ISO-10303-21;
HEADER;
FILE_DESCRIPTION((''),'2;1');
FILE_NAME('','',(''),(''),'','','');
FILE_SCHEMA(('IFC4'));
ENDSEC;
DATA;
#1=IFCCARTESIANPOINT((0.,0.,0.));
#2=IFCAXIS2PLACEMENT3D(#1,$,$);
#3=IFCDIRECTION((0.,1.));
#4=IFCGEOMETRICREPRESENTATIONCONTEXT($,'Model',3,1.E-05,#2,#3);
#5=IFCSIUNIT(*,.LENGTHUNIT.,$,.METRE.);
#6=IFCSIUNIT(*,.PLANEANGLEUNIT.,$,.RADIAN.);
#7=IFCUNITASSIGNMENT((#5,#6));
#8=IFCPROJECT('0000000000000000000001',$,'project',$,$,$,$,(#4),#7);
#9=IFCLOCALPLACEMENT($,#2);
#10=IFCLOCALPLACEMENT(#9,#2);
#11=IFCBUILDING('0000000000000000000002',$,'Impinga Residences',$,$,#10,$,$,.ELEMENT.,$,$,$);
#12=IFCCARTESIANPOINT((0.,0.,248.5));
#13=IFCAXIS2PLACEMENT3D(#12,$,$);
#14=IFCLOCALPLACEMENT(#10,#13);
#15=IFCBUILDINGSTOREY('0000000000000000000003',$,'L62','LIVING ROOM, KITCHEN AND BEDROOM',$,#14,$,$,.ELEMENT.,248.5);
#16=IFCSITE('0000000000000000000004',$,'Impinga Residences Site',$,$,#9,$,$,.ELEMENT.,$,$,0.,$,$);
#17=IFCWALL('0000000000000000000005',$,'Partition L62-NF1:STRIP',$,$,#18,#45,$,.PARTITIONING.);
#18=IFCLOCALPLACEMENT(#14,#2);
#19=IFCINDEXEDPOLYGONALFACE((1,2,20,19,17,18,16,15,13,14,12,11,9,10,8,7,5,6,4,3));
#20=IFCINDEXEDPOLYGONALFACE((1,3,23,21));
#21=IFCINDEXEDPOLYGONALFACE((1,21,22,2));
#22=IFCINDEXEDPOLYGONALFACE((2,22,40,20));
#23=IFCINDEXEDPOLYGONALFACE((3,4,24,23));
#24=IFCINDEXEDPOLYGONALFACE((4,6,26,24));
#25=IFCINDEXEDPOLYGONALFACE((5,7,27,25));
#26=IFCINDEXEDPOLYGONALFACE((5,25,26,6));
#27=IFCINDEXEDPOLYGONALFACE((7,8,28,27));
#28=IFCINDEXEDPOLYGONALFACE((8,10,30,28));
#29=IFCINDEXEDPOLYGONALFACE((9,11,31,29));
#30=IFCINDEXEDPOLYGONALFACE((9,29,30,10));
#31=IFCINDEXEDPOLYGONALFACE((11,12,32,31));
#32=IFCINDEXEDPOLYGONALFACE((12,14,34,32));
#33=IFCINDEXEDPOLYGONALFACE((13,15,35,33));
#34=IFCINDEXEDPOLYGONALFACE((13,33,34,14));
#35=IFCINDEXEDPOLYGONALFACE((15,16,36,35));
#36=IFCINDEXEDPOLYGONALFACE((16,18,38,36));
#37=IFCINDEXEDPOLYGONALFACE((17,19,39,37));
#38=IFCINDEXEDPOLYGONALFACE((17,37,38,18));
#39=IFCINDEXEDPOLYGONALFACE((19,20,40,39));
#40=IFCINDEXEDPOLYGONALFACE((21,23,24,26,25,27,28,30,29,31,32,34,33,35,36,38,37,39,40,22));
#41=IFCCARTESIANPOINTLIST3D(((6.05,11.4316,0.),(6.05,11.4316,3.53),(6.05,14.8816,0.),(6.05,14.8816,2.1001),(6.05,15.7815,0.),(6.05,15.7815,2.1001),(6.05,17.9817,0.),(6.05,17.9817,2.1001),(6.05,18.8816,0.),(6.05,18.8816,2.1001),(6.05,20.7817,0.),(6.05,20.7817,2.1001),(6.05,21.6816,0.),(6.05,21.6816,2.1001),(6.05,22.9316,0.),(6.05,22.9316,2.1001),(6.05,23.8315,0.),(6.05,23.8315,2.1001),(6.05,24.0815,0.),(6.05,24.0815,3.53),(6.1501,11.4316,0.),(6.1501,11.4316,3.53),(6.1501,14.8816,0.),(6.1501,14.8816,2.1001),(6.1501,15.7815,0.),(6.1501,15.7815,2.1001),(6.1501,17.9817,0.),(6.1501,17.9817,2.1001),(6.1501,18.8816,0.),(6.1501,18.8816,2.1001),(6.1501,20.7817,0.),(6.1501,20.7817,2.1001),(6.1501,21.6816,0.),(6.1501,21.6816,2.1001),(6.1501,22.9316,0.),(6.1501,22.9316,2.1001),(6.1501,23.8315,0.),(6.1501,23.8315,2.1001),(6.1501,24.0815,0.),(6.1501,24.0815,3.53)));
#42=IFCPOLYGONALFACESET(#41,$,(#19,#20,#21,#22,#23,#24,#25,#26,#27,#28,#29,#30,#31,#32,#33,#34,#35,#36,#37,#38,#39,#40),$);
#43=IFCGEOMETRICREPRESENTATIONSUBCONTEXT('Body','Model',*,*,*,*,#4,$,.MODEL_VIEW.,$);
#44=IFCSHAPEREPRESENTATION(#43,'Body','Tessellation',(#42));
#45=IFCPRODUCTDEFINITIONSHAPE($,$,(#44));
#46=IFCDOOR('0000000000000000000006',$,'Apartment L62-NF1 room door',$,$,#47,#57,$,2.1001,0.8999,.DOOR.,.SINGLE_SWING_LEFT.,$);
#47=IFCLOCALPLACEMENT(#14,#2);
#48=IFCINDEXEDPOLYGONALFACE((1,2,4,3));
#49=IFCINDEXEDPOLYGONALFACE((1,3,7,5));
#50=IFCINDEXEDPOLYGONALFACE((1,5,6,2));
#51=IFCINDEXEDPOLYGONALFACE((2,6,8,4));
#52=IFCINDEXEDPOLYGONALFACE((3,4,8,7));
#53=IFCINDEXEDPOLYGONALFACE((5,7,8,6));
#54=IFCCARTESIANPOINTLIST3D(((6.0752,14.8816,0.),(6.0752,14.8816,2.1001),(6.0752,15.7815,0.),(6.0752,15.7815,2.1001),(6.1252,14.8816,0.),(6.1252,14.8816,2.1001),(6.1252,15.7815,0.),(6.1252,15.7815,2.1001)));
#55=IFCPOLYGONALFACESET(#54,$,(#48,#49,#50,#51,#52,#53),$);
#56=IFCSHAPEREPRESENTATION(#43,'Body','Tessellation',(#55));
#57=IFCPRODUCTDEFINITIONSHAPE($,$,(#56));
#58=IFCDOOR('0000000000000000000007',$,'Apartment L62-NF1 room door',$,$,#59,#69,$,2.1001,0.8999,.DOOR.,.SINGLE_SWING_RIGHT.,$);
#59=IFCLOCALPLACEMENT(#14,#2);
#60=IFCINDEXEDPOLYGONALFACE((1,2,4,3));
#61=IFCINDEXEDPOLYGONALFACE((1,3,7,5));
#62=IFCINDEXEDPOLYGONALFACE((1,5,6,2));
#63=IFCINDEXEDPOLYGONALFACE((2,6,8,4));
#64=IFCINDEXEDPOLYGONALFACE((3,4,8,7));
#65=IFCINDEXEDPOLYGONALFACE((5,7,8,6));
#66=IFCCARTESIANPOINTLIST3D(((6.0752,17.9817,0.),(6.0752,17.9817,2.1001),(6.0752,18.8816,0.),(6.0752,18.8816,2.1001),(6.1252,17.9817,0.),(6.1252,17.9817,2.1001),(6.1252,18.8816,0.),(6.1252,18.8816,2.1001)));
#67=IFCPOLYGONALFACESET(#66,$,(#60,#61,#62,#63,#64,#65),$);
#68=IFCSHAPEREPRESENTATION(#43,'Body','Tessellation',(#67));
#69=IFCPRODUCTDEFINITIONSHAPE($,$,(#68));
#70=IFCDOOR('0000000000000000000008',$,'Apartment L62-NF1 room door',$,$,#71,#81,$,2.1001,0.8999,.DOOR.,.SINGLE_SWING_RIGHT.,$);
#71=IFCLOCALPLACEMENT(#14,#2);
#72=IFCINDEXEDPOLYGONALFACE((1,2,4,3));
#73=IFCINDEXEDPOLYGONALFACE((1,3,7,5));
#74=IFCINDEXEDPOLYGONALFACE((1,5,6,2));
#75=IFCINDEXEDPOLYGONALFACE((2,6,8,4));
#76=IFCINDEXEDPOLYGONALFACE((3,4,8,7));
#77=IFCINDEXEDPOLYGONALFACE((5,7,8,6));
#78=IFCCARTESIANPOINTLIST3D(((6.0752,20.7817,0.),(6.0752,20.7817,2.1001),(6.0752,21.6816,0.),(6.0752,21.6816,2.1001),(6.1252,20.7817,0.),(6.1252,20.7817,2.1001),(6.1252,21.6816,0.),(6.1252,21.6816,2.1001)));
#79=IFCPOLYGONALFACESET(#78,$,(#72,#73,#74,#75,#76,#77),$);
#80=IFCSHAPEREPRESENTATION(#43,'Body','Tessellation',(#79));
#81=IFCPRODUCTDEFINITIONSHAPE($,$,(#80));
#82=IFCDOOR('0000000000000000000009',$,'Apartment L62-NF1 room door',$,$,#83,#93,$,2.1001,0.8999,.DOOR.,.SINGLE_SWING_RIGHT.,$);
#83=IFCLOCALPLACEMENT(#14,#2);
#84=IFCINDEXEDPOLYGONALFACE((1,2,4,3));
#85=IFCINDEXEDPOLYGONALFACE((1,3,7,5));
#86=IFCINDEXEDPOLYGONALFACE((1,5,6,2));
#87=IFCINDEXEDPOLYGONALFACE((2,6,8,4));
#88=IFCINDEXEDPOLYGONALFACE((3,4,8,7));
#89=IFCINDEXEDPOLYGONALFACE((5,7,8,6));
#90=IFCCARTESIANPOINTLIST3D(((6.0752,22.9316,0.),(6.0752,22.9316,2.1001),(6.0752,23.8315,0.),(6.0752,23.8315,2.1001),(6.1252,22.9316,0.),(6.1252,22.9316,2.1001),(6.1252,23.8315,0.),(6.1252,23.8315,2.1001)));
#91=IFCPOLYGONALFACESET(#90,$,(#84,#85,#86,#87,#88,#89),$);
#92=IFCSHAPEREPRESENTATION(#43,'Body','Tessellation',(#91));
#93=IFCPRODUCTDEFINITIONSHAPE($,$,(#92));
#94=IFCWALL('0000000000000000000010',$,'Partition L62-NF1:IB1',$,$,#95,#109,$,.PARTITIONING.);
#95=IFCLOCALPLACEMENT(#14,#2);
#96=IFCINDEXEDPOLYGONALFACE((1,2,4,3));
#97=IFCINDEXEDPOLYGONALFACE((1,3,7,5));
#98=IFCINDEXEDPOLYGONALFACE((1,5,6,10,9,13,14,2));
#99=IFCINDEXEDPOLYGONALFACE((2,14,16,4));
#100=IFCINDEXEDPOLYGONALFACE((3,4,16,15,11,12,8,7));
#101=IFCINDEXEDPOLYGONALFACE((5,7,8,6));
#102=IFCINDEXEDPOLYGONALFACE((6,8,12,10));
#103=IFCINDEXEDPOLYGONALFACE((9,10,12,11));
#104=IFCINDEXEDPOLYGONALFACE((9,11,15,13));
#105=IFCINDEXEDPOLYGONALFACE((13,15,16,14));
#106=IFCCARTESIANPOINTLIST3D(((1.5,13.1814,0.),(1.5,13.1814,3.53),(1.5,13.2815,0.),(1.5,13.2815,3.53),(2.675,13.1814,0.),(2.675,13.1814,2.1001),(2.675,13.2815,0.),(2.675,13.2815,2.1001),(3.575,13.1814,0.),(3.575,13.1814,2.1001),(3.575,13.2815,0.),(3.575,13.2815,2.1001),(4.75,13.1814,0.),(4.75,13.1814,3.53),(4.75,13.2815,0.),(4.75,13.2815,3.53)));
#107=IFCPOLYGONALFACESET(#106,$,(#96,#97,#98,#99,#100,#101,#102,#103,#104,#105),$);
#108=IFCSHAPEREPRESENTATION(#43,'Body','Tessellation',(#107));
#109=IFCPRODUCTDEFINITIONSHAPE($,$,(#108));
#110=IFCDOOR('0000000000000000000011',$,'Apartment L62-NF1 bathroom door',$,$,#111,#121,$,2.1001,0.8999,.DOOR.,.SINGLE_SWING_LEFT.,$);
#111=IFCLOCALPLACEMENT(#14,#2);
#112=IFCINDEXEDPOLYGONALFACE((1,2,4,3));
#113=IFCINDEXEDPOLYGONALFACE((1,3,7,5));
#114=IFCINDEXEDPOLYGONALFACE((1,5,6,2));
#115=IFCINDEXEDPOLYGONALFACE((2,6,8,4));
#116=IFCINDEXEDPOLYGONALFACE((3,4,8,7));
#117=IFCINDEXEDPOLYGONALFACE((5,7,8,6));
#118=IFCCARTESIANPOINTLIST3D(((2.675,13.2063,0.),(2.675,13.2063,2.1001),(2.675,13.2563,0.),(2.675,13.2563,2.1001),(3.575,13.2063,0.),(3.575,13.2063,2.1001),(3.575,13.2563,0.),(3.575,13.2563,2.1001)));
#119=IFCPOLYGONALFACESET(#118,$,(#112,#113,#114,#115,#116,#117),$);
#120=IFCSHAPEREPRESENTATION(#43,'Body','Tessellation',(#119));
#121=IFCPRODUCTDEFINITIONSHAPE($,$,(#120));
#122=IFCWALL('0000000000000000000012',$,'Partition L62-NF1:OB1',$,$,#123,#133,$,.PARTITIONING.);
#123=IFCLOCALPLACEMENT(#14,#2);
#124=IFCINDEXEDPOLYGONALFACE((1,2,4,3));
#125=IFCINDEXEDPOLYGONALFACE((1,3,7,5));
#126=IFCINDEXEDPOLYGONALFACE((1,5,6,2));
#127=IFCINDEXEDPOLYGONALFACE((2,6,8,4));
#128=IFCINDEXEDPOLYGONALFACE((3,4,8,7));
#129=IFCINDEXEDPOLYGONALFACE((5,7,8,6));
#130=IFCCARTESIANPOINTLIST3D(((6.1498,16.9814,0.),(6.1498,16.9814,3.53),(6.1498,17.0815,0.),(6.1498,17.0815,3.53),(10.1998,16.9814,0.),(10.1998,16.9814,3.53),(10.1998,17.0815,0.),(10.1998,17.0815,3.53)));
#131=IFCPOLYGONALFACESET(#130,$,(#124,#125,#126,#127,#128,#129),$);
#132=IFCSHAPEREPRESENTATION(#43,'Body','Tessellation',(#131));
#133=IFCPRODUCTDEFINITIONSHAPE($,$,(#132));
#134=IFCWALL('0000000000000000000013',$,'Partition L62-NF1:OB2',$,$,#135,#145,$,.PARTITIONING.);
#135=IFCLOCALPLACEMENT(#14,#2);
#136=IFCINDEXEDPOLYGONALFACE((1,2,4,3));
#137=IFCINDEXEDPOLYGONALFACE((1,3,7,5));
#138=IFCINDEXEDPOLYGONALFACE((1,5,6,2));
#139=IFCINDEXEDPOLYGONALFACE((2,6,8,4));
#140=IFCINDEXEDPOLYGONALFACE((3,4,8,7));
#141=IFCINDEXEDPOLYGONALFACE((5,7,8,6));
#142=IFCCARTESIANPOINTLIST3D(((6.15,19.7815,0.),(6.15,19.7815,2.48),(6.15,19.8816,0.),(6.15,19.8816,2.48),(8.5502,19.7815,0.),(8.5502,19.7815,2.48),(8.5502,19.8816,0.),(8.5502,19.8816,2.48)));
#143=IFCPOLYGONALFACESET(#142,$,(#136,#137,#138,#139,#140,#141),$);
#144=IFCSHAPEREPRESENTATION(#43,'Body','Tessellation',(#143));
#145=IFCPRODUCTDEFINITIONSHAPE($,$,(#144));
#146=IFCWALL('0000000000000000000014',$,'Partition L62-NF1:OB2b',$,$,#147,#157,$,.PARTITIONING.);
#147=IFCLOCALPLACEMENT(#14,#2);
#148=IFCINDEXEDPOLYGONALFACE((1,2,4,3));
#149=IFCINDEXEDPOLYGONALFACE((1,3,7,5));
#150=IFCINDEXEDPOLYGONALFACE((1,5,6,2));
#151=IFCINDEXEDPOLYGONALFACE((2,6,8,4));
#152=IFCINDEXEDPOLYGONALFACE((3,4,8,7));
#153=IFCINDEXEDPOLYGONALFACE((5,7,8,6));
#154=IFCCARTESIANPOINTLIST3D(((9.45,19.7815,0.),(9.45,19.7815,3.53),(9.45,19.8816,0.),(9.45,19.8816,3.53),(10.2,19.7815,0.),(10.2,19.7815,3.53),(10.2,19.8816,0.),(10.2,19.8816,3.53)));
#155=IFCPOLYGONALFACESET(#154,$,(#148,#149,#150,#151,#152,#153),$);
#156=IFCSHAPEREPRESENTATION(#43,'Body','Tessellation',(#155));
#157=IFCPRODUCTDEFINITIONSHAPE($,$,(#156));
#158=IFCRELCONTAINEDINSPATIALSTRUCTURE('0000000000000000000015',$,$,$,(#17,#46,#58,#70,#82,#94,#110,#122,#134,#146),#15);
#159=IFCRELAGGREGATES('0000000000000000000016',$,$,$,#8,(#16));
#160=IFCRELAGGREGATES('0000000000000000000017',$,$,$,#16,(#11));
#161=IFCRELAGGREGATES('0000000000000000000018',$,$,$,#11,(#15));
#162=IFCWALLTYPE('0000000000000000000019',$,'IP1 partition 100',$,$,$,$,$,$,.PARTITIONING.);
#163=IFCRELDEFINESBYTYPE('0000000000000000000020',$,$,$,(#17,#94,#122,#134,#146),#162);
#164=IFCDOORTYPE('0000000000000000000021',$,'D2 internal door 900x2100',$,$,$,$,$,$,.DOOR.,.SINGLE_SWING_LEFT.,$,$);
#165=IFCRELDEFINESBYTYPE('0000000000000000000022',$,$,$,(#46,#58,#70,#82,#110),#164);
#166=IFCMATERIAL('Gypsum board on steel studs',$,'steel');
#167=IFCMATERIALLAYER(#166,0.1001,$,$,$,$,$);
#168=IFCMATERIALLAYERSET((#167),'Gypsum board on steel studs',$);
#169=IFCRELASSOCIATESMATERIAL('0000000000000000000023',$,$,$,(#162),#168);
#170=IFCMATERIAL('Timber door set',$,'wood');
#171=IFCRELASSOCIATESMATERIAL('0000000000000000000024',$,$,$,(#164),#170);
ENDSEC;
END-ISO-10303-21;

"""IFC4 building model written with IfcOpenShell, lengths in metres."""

from ifc_helpers import new_model, si_unit, direction, frame, frame_2d, origin, place, context, subcontext, project, spatial, rectangle, extrude, material, layer, layer_set, type_object, element, fill, save


model = new_model("IFC4")

# Units and contexts
model_context = context("Model", 3, precision=1e-05, world=origin(), true_north=direction((0.0, 1.0)))
body_context = subcontext(model_context, "Body", "Model", "MODEL_VIEW")
ifc_project = project(units=[si_unit("LENGTHUNIT", "METRE"), si_unit("PLANEANGLEUNIT", "RADIAN")], contexts=[model_context])

# Site, building, storey
site_placement = place(None, origin())
site = spatial("IfcSite", under=ifc_project, at=site_placement, Name="Impinga Residences Site", CompositionType="ELEMENT", RefElevation=0.0)
building_placement = place(site_placement, origin())
building = spatial("IfcBuilding", under=site, at=building_placement, Name="Impinga Residences", CompositionType="ELEMENT")
storey_placement = place(building_placement, frame((0.0, 0.0, 248.5)))
storey = spatial("IfcBuildingStorey", under=building, at=storey_placement, Name="L62", Description="LIVING ROOM, KITCHEN AND BEDROOM", CompositionType="ELEMENT", Elevation=248.5)

# Shared definitions
ifc_material_1 = material(Name="Gypsum board on steel studs", Category="steel")
ifc_layer_1 = layer(ifc_material_1, 0.1001)
ifc_layer_set_1 = layer_set([ifc_layer_1], Name="Gypsum board on steel studs")
wall_type_1 = type_object("IfcWallType", Name="IP1 partition 100", PredefinedType="PARTITIONING", material=ifc_layer_set_1)

# Wall, openings, doors
wall_1_placement = place(storey_placement, frame((6.1001, 11.4316, 0.0), z_axis=(0.0, 0.0, 1.0), x_axis=(0.0, 1.0, 0.0)))
wall_1 = element("IfcWall", 1, at=wall_1_placement, inside=storey, type_object=wall_type_1, Name="Partition L62-NF1:STRIP", PredefinedType="PARTITIONING", context=body_context, shape_type="SweptSolid", body=[
    extrude(rectangle(XDim=12.6499, YDim=0.1001, at=frame_2d((6.325, 0.0))), origin(), (0.0, 0.0, 1.0), 3.53),
])
opening_1_placement = place(wall_1_placement, frame((3.45, 0.0, 0.0)))
opening_1 = element("IfcOpeningElement", 2, at=opening_1_placement, cuts=wall_1, PredefinedType="OPENING", context=body_context, shape_type="SweptSolid", body=[
    extrude(rectangle(XDim=0.8999, YDim=2.1001, at=frame_2d((0.45, 1.05))), frame((0.0, 0.0601, 0.0), z_axis=(0.0, -1.0, 0.0), x_axis=(1.0, 0.0, 0.0)), (0.0, 0.0, 1.0), 0.1201),
])
opening_2_placement = place(wall_1_placement, frame((6.55, 0.0, 0.0)))
opening_2 = element("IfcOpeningElement", 3, at=opening_2_placement, cuts=wall_1, PredefinedType="OPENING", context=body_context, shape_type="SweptSolid", body=[
    extrude(rectangle(XDim=0.8999, YDim=2.1001, at=frame_2d((0.45, 1.05))), frame((0.0, 0.0601, 0.0), z_axis=(0.0, -1.0, 0.0), x_axis=(1.0, 0.0, 0.0)), (0.0, 0.0, 1.0), 0.1201),
])
opening_3_placement = place(wall_1_placement, frame((9.3501, 0.0, 0.0)))
opening_3 = element("IfcOpeningElement", 4, at=opening_3_placement, cuts=wall_1, PredefinedType="OPENING", context=body_context, shape_type="SweptSolid", body=[
    extrude(rectangle(XDim=0.8999, YDim=2.1001, at=frame_2d((0.45, 1.05))), frame((0.0, 0.0601, 0.0), z_axis=(0.0, -1.0, 0.0), x_axis=(1.0, 0.0, 0.0)), (0.0, 0.0, 1.0), 0.1201),
])
opening_4_placement = place(wall_1_placement, frame((11.5, 0.0, 0.0)))
opening_4 = element("IfcOpeningElement", 5, at=opening_4_placement, cuts=wall_1, PredefinedType="OPENING", context=body_context, shape_type="SweptSolid", body=[
    extrude(rectangle(XDim=0.8999, YDim=2.1001, at=frame_2d((0.45, 1.05))), frame((0.0, 0.0601, 0.0), z_axis=(0.0, -1.0, 0.0), x_axis=(1.0, 0.0, 0.0)), (0.0, 0.0, 1.0), 0.1201),
])
ifc_material_2 = material(Name="Timber door set", Category="wood")
door_type = type_object("IfcDoorType", Name="D2 internal door 900x2100", OperationType="SINGLE_SWING_LEFT", PredefinedType="DOOR", material=ifc_material_2)
door_1_placement = place(opening_1_placement, origin())
door_1 = element("IfcDoor", 6, at=door_1_placement, inside=storey, type_object=door_type, Name="Apartment L62-NF1 room door", OperationType="SINGLE_SWING_LEFT", OverallHeight=2.1001, OverallWidth=0.8999, PredefinedType="DOOR", context=body_context, shape_type="SweptSolid", body=[
    extrude(rectangle(XDim=0.8999, YDim=2.1001, at=frame_2d((0.45, 1.05))), frame((0.0, 0.0249, 0.0), z_axis=(0.0, -1.0, 0.0), x_axis=(1.0, 0.0, 0.0)), (0.0, 0.0, 1.0), 0.05),
])
fill(opening_1, door_1)
door_2_placement = place(opening_2_placement, origin())
door_2 = element("IfcDoor", 7, at=door_2_placement, inside=storey, type_object=door_type, Name="Apartment L62-NF1 room door", OperationType="SINGLE_SWING_RIGHT", OverallHeight=2.1001, OverallWidth=0.8999, PredefinedType="DOOR", context=body_context, shape_type="SweptSolid", body=[
    extrude(rectangle(XDim=0.8999, YDim=2.1001, at=frame_2d((0.45, 1.05))), frame((0.0, 0.0249, 0.0), z_axis=(0.0, -1.0, 0.0), x_axis=(1.0, 0.0, 0.0)), (0.0, 0.0, 1.0), 0.05),
])
fill(opening_2, door_2)
door_3_placement = place(opening_3_placement, origin())
door_3 = element("IfcDoor", 8, at=door_3_placement, inside=storey, type_object=door_type, Name="Apartment L62-NF1 room door", OperationType="SINGLE_SWING_RIGHT", OverallHeight=2.1001, OverallWidth=0.8999, PredefinedType="DOOR", context=body_context, shape_type="SweptSolid", body=[
    extrude(rectangle(XDim=0.8999, YDim=2.1001, at=frame_2d((0.45, 1.05))), frame((0.0, 0.0249, 0.0), z_axis=(0.0, -1.0, 0.0), x_axis=(1.0, 0.0, 0.0)), (0.0, 0.0, 1.0), 0.05),
])
fill(opening_3, door_3)
door_4_placement = place(opening_4_placement, origin())
door_4 = element("IfcDoor", 9, at=door_4_placement, inside=storey, type_object=door_type, Name="Apartment L62-NF1 room door", OperationType="SINGLE_SWING_RIGHT", OverallHeight=2.1001, OverallWidth=0.8999, PredefinedType="DOOR", context=body_context, shape_type="SweptSolid", body=[
    extrude(rectangle(XDim=0.8999, YDim=2.1001, at=frame_2d((0.45, 1.05))), frame((0.0, 0.0249, 0.0), z_axis=(0.0, -1.0, 0.0), x_axis=(1.0, 0.0, 0.0)), (0.0, 0.0, 1.0), 0.05),
])
fill(opening_4, door_4)

# Wall, opening, door
wall_2_placement = place(storey_placement, frame((1.5, 13.2314, 0.0), z_axis=(0.0, 0.0, 1.0), x_axis=(1.0, 0.0, 0.0)))
wall_2 = element("IfcWall", 10, at=wall_2_placement, inside=storey, type_object=wall_type_1, Name="Partition L62-NF1:IB1", PredefinedType="PARTITIONING", context=body_context, shape_type="SweptSolid", body=[
    extrude(rectangle(XDim=3.25, YDim=0.1001, at=frame_2d((1.625, 0.0))), origin(), (0.0, 0.0, 1.0), 3.53),
])
opening_5_placement = place(wall_2_placement, frame((1.175, 0.0, 0.0)))
opening_5 = element("IfcOpeningElement", 11, at=opening_5_placement, cuts=wall_2, PredefinedType="OPENING", context=body_context, shape_type="SweptSolid", body=[
    extrude(rectangle(XDim=0.8999, YDim=2.1001, at=frame_2d((0.45, 1.05))), frame((0.0, 0.0601, 0.0), z_axis=(0.0, -1.0, 0.0), x_axis=(1.0, 0.0, 0.0)), (0.0, 0.0, 1.0), 0.1201),
])
door_5_placement = place(opening_5_placement, origin())
door_5 = element("IfcDoor", 12, at=door_5_placement, inside=storey, type_object=door_type, Name="Apartment L62-NF1 bathroom door", OperationType="SINGLE_SWING_LEFT", OverallHeight=2.1001, OverallWidth=0.8999, PredefinedType="DOOR", context=body_context, shape_type="SweptSolid", body=[
    extrude(rectangle(XDim=0.8999, YDim=2.1001, at=frame_2d((0.45, 1.05))), frame((0.0, 0.0249, 0.0), z_axis=(0.0, -1.0, 0.0), x_axis=(1.0, 0.0, 0.0)), (0.0, 0.0, 1.0), 0.05),
])
fill(opening_5, door_5)

# Walls
wall_3_placement = place(storey_placement, frame((6.1499, 17.0315, 0.0), z_axis=(0.0, 0.0, 1.0), x_axis=(1.0, 0.0, 0.0)))
element("IfcWall", 13, at=wall_3_placement, inside=storey, type_object=wall_type_1, Name="Partition L62-NF1:OB1", PredefinedType="PARTITIONING", context=body_context, shape_type="SweptSolid", body=[
    extrude(rectangle(XDim=4.05, YDim=0.1001, at=frame_2d((2.0249, 0.0))), origin(), (0.0, 0.0, 1.0), 3.53),
])
wall_4_placement = place(storey_placement, frame((6.1499, 19.8315, 0.0), z_axis=(0.0, 0.0, 1.0), x_axis=(1.0, 0.0, 0.0)))
element("IfcWall", 14, at=wall_4_placement, inside=storey, type_object=wall_type_1, Name="Partition L62-NF1:OB2", PredefinedType="PARTITIONING", context=body_context, shape_type="SweptSolid", body=[
    extrude(rectangle(XDim=2.4001, YDim=0.1001, at=frame_2d((1.2002, 0.0))), origin(), (0.0, 0.0, 1.0), 2.48),
])
wall_5_placement = place(storey_placement, frame((9.45, 19.8315, 0.0), z_axis=(0.0, 0.0, 1.0), x_axis=(1.0, 0.0, 0.0)))
element("IfcWall", 15, at=wall_5_placement, inside=storey, type_object=wall_type_1, Name="Partition L62-NF1:OB2b", PredefinedType="PARTITIONING", context=body_context, shape_type="SweptSolid", body=[
    extrude(rectangle(XDim=0.75, YDim=0.1001, at=frame_2d((0.375, 0.0))), origin(), (0.0, 0.0, 1.0), 3.53),
])

save(model, "model.ifc")
